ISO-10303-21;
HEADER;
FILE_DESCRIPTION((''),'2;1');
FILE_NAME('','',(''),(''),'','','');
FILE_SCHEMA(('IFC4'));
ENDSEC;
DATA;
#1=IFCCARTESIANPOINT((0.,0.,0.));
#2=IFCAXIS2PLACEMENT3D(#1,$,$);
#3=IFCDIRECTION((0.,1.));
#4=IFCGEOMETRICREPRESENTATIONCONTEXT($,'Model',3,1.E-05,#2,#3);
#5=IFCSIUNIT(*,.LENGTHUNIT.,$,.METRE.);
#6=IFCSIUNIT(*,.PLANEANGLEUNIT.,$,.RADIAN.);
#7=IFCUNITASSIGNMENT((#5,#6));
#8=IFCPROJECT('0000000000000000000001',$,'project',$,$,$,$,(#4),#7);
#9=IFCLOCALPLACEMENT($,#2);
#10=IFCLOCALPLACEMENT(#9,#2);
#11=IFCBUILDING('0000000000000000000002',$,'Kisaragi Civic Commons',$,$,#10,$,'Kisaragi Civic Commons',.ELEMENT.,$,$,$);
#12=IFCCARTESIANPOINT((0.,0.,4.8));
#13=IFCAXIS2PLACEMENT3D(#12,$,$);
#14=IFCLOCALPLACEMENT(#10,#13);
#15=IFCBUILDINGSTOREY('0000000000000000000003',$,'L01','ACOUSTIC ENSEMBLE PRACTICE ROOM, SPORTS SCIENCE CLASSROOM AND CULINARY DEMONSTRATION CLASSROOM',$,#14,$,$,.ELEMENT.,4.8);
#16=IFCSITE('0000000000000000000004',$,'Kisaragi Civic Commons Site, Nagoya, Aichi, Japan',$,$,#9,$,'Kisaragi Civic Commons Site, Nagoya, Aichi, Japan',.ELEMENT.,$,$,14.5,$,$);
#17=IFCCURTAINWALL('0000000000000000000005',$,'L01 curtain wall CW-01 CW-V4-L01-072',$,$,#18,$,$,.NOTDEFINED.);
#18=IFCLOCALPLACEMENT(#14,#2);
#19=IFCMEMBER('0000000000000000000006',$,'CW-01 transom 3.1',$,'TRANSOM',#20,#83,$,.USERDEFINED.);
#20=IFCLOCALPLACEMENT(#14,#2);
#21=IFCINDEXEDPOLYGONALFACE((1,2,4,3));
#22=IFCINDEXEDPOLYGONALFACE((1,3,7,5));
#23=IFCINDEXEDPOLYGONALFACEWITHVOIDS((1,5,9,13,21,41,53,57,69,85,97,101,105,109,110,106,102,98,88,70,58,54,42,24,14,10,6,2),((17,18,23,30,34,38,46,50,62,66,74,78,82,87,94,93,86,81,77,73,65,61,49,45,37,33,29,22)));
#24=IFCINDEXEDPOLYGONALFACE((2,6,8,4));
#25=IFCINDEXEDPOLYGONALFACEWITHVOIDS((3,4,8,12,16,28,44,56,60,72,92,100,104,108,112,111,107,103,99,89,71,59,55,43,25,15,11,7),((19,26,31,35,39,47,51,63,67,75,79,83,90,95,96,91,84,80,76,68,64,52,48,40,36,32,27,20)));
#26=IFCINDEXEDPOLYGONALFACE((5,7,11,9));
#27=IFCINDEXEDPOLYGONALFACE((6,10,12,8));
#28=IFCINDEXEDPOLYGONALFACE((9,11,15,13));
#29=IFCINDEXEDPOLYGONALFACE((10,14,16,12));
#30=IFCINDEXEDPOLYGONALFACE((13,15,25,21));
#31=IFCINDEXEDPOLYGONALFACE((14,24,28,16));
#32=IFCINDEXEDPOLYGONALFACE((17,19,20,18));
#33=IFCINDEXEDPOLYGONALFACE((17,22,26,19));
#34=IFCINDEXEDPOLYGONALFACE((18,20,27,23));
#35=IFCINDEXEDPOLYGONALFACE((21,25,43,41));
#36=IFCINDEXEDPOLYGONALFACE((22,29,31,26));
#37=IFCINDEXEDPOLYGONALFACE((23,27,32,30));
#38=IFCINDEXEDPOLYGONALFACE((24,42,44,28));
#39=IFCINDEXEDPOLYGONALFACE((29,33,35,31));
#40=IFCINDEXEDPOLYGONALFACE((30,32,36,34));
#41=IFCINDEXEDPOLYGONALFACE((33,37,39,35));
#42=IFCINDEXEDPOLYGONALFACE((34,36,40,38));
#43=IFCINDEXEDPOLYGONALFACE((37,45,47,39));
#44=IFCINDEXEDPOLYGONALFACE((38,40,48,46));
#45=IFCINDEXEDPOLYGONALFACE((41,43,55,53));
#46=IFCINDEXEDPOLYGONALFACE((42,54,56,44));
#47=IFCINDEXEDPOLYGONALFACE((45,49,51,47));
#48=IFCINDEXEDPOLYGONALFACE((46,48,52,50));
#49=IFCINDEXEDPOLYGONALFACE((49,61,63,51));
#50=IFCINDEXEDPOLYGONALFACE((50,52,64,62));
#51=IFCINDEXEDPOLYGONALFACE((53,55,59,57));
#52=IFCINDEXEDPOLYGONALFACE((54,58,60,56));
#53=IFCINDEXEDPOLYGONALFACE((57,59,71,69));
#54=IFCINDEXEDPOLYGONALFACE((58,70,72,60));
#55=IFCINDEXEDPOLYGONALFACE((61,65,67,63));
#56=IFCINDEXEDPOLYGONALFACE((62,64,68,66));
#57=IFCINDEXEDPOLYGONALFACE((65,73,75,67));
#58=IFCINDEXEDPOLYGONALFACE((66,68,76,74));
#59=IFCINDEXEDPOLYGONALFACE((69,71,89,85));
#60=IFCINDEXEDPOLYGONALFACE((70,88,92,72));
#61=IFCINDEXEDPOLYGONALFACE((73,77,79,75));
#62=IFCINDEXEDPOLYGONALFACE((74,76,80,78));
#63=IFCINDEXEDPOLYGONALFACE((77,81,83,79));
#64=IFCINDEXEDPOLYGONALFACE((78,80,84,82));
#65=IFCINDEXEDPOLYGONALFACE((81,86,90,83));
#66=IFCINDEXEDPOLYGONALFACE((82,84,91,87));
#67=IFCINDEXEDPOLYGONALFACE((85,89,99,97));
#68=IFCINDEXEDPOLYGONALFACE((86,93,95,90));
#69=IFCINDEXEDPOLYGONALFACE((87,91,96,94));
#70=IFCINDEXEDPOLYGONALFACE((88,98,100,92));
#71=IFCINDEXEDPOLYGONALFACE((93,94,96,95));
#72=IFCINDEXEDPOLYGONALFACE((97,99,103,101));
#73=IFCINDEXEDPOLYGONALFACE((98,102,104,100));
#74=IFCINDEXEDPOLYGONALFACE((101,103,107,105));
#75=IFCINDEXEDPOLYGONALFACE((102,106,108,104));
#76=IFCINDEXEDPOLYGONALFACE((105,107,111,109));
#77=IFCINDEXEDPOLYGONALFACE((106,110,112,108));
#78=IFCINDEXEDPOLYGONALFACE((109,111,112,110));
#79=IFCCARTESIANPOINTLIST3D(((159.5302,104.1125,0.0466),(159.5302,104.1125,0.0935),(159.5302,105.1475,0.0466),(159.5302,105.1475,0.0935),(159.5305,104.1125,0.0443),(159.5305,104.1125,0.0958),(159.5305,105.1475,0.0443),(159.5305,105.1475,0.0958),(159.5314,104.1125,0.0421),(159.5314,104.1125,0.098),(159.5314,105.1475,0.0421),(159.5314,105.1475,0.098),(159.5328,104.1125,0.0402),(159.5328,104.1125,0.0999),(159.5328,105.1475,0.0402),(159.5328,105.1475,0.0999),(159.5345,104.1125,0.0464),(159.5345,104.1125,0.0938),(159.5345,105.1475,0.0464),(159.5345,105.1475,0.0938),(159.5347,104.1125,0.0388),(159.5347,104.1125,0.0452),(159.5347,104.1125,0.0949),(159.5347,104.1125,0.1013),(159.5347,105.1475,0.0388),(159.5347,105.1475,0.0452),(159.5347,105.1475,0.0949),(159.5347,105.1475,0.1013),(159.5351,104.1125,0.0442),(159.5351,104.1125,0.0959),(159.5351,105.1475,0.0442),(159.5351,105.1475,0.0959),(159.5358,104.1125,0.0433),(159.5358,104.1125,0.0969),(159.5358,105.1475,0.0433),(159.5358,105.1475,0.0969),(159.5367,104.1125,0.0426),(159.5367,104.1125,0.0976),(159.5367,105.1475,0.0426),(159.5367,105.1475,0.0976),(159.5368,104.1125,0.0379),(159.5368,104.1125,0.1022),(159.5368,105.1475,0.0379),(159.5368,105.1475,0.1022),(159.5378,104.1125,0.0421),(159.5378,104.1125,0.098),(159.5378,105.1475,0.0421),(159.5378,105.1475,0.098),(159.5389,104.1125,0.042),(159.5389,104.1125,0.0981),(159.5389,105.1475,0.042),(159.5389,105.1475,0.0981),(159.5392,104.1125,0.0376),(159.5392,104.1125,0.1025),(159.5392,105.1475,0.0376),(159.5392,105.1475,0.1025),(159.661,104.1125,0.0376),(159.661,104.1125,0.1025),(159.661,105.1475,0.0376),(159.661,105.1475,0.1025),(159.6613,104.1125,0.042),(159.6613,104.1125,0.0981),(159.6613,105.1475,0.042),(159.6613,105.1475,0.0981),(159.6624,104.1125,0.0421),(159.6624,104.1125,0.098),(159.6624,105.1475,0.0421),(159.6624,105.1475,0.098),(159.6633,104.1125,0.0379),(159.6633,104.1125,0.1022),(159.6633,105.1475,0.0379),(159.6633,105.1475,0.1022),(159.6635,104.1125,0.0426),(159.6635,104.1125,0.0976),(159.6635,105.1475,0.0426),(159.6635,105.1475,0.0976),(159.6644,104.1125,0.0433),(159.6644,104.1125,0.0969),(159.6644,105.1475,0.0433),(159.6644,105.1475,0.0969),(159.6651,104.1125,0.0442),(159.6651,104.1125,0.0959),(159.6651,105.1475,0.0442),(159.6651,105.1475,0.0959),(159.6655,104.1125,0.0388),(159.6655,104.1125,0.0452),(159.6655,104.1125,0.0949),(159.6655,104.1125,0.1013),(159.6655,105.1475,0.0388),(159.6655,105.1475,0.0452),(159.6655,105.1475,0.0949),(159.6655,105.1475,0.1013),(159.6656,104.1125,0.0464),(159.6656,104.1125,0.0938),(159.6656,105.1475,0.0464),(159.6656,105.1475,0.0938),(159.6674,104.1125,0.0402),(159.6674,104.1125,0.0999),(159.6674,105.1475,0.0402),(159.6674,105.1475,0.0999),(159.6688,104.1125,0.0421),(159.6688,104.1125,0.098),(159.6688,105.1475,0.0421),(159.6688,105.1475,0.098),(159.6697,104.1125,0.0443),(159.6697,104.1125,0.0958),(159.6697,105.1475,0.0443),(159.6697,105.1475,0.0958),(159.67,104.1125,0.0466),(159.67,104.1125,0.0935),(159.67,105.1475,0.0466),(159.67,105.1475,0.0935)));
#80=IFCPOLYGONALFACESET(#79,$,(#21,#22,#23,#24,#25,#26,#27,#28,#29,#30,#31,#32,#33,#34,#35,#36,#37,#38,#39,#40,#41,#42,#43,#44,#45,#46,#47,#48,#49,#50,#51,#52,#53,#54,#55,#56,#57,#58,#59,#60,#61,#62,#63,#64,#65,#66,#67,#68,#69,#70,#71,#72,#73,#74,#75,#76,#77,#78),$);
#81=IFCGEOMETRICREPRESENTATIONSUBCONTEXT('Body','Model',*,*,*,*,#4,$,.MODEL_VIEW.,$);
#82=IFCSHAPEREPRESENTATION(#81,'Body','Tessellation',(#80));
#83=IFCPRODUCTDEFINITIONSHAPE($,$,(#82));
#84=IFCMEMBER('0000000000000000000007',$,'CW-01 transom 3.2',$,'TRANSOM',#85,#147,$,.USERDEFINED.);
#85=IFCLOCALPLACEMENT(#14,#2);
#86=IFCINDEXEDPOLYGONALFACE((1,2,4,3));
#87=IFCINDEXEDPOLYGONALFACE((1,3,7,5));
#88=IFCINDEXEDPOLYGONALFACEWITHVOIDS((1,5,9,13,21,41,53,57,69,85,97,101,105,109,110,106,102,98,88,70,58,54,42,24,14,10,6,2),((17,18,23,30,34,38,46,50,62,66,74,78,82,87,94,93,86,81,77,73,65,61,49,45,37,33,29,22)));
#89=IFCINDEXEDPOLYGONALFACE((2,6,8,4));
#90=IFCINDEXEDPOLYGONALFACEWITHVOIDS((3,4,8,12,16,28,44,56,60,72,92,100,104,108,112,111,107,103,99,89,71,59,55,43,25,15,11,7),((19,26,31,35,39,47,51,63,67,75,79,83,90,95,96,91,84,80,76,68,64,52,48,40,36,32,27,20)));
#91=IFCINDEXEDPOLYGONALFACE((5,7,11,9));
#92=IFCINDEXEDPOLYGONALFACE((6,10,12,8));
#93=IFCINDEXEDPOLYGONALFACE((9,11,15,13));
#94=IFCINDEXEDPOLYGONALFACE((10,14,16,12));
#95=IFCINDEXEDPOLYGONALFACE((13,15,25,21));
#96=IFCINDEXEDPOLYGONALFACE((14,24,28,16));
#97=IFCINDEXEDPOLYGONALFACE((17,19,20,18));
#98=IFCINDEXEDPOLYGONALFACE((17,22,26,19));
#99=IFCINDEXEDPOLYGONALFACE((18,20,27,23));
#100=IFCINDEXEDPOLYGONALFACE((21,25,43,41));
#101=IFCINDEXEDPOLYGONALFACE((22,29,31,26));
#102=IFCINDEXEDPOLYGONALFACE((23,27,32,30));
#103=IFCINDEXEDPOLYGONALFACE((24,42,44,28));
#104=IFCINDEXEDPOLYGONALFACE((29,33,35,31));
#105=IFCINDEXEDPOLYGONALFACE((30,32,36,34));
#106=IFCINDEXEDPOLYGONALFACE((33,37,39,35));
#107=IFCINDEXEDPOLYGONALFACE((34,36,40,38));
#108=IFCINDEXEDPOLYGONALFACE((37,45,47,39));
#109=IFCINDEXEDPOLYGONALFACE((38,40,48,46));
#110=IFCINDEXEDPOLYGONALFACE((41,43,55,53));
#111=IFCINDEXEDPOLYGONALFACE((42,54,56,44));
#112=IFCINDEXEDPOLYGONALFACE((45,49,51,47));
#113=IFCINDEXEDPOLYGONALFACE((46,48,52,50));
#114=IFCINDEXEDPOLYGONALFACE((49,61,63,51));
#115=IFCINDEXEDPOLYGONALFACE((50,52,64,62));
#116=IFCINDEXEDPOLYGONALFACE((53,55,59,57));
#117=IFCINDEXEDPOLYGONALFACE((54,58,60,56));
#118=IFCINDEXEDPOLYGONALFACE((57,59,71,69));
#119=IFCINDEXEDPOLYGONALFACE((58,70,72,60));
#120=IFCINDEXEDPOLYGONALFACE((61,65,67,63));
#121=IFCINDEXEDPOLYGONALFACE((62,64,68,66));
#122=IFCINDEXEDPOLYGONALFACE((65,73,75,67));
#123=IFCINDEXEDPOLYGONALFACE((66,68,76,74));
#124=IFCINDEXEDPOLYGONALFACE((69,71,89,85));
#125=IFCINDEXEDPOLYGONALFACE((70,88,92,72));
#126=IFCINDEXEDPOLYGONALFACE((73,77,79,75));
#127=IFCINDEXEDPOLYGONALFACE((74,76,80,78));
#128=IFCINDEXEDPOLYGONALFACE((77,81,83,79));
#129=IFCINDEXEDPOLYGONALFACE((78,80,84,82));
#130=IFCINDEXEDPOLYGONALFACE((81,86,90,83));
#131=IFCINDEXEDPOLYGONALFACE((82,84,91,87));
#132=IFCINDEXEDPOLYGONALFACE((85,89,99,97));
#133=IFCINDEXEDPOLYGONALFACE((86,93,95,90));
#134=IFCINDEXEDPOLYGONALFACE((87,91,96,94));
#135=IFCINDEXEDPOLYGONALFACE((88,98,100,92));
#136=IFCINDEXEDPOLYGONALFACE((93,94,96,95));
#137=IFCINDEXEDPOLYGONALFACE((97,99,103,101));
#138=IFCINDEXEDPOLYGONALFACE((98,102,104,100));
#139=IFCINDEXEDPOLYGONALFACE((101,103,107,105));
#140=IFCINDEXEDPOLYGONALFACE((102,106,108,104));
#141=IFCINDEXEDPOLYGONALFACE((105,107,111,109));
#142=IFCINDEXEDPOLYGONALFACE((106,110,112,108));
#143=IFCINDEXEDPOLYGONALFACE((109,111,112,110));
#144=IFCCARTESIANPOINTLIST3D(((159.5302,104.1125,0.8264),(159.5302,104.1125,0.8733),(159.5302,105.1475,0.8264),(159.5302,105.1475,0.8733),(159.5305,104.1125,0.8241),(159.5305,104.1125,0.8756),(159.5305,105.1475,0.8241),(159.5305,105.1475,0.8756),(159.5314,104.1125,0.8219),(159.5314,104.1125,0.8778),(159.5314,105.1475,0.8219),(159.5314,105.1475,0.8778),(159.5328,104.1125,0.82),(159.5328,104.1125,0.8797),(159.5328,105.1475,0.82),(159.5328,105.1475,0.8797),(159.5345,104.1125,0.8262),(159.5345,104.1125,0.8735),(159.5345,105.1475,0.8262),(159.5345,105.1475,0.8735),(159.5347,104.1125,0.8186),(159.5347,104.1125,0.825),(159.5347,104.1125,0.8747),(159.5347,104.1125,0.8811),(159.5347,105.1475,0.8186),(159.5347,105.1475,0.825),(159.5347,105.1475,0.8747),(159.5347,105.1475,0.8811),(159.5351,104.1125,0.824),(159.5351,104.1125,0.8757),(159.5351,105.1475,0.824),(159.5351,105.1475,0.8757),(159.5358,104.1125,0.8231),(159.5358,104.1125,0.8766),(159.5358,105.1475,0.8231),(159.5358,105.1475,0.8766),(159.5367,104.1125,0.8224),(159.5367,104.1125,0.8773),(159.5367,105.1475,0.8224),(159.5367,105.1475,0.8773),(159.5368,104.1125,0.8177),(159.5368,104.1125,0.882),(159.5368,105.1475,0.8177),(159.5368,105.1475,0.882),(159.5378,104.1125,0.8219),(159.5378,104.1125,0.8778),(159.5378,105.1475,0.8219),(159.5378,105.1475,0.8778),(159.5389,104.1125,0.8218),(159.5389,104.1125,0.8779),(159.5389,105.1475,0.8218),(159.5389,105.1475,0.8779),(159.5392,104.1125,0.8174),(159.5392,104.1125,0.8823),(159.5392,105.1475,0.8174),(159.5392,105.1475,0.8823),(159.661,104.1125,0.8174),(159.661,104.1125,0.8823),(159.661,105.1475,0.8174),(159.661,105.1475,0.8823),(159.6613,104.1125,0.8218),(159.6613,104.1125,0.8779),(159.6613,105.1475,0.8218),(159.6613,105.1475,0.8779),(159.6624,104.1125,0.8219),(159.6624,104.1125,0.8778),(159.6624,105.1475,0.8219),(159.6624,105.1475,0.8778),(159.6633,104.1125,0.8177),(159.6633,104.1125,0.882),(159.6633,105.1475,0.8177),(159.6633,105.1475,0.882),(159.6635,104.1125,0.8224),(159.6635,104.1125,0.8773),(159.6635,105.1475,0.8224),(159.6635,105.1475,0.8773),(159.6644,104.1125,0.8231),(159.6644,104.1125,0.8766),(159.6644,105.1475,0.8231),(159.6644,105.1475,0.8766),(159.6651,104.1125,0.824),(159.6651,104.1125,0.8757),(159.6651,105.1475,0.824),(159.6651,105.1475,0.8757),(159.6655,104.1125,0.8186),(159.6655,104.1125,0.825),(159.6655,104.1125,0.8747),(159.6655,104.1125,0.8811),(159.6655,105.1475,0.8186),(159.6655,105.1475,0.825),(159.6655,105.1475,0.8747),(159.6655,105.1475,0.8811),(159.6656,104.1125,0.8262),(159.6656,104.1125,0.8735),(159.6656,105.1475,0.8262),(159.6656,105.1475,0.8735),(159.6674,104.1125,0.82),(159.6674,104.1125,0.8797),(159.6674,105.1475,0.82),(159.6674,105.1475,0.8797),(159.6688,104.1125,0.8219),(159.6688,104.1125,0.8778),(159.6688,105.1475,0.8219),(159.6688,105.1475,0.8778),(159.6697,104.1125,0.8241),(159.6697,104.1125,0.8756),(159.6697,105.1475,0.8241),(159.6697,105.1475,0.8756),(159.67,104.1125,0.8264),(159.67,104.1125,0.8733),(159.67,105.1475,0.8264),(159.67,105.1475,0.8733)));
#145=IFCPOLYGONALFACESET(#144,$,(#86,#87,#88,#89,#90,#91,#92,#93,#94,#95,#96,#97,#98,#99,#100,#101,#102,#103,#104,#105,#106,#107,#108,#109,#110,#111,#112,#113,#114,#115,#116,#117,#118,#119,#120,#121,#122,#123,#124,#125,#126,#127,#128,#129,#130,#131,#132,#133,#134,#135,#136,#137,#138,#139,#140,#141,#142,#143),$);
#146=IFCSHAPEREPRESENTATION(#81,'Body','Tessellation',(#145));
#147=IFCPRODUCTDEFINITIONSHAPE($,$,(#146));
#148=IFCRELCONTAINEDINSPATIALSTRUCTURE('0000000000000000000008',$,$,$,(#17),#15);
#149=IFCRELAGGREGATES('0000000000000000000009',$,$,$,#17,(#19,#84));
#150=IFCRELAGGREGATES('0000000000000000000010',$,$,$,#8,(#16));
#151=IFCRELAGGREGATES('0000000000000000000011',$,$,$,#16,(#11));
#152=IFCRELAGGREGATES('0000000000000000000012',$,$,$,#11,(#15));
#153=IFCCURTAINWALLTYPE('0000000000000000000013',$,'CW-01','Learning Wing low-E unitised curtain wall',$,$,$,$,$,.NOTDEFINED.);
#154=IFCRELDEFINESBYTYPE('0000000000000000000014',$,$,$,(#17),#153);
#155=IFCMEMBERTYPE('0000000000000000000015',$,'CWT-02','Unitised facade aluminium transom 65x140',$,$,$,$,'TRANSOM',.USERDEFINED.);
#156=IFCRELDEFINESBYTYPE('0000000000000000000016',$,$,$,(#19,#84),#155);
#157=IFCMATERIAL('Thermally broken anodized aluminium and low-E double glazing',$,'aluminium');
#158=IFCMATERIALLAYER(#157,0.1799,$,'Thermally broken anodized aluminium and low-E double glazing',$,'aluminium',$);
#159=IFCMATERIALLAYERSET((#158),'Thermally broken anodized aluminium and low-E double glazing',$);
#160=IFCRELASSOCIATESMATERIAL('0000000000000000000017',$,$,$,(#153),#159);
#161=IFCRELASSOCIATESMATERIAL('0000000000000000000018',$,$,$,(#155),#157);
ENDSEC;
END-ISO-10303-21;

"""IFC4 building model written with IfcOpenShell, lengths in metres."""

from ifc_helpers import new_model, si_unit, direction, frame, origin, origin_2d, place, context, subcontext, project, spatial, hollow_rectangle, extrude, material, layer, layer_set, material_profile, profile_set, type_object, element, aggregate, save


model = new_model("IFC4")

# Units and contexts
model_context = context("Model", 3, precision=1e-05, world=origin(), true_north=direction((0.0, 1.0)))
body_context = subcontext(model_context, "Body", "Model", "MODEL_VIEW")
ifc_project = project(units=[si_unit("LENGTHUNIT", "METRE"), si_unit("PLANEANGLEUNIT", "RADIAN")], contexts=[model_context])

# Site, building, storey
site_placement = place(None, origin())
site = spatial("IfcSite", under=ifc_project, at=site_placement, Name="Kisaragi Civic Commons Site, Nagoya, Aichi, Japan", LongName="Kisaragi Civic Commons Site, Nagoya, Aichi, Japan", CompositionType="ELEMENT", RefElevation=14.5)
building_placement = place(site_placement, origin())
building = spatial("IfcBuilding", under=site, at=building_placement, Name="Kisaragi Civic Commons", LongName="Kisaragi Civic Commons", CompositionType="ELEMENT")
storey_placement = place(building_placement, frame((0.0, 0.0, 4.8)))
storey = spatial("IfcBuildingStorey", under=building, at=storey_placement, Name="L01", Description="ACOUSTIC ENSEMBLE PRACTICE ROOM, SPORTS SCIENCE CLASSROOM AND CULINARY DEMONSTRATION CLASSROOM", CompositionType="ELEMENT", Elevation=4.8)

# Curtain wall, members
ifc_material = material(Name="Thermally broken anodized aluminium and low-E double glazing", Category="aluminium")
ifc_layer_1 = layer(ifc_material, 0.1799, Name="Thermally broken anodized aluminium and low-E double glazing", Category="aluminium")
ifc_layer_set_1 = layer_set([ifc_layer_1], Name="Thermally broken anodized aluminium and low-E double glazing")
curtain_wall_type = type_object("IfcCurtainWallType", Name="CW-01", Description="Learning Wing low-E unitised curtain wall", PredefinedType="NOTDEFINED", material=ifc_layer_set_1)
curtain_wall_placement = place(storey_placement, origin())
curtain_wall = element("IfcCurtainWall", 1, at=curtain_wall_placement, inside=storey, type_object=curtain_wall_type, Name="L01 curtain wall CW-01 CW-V4-L01-072", PredefinedType="NOTDEFINED")
ifc_material_profile_1 = material_profile(ifc_material, hollow_rectangle(XDim=0.1399, YDim=0.0649, WallThickness=0.0044, InnerFilletRadius=0.0044, OuterFilletRadius=0.009, at=origin_2d()), Name="CWT-65x140x4.5", Category="aluminium")
ifc_profile_set_1 = profile_set([ifc_material_profile_1], Name="Thermally broken anodized aluminium and low-E double glazing")
member_type_1 = type_object("IfcMemberType", Name="CWT-02", Description="Unitised facade aluminium transom 65x140", ElementType="TRANSOM", PredefinedType="USERDEFINED", material=ifc_profile_set_1)
member_1_placement = place(storey_placement, frame((159.6001, 105.1475, 0.0701), z_axis=(0.0, -1.0, 0.0), x_axis=(1.0, 0.0, 0.0)))
member_1 = element("IfcMember", 2, at=member_1_placement, type_object=member_type_1, Name="CW-01 transom 3.1", ObjectType="TRANSOM", PredefinedType="USERDEFINED", context=body_context, shape_type="SweptSolid", body=[
    extrude(hollow_rectangle(XDim=0.1399, YDim=0.0649, WallThickness=0.0044, InnerFilletRadius=0.0044, OuterFilletRadius=0.009, at=origin_2d()), origin(), (0.0, 0.0, 1.0), 1.0349),
])
member_2_placement = place(storey_placement, frame((159.6001, 105.1475, 0.8499), z_axis=(0.0, -1.0, 0.0), x_axis=(1.0, 0.0, 0.0)))
member_2 = element("IfcMember", 3, at=member_2_placement, type_object=member_type_1, Name="CW-01 transom 3.2", ObjectType="TRANSOM", PredefinedType="USERDEFINED", context=body_context, shape_type="SweptSolid", body=[
    extrude(hollow_rectangle(XDim=0.1399, YDim=0.0649, WallThickness=0.0044, InnerFilletRadius=0.0044, OuterFilletRadius=0.009, at=origin_2d()), origin(), (0.0, 0.0, 1.0), 1.0349),
])
aggregate(curtain_wall, [member_1, member_2])

save(model, "model.ifc")
